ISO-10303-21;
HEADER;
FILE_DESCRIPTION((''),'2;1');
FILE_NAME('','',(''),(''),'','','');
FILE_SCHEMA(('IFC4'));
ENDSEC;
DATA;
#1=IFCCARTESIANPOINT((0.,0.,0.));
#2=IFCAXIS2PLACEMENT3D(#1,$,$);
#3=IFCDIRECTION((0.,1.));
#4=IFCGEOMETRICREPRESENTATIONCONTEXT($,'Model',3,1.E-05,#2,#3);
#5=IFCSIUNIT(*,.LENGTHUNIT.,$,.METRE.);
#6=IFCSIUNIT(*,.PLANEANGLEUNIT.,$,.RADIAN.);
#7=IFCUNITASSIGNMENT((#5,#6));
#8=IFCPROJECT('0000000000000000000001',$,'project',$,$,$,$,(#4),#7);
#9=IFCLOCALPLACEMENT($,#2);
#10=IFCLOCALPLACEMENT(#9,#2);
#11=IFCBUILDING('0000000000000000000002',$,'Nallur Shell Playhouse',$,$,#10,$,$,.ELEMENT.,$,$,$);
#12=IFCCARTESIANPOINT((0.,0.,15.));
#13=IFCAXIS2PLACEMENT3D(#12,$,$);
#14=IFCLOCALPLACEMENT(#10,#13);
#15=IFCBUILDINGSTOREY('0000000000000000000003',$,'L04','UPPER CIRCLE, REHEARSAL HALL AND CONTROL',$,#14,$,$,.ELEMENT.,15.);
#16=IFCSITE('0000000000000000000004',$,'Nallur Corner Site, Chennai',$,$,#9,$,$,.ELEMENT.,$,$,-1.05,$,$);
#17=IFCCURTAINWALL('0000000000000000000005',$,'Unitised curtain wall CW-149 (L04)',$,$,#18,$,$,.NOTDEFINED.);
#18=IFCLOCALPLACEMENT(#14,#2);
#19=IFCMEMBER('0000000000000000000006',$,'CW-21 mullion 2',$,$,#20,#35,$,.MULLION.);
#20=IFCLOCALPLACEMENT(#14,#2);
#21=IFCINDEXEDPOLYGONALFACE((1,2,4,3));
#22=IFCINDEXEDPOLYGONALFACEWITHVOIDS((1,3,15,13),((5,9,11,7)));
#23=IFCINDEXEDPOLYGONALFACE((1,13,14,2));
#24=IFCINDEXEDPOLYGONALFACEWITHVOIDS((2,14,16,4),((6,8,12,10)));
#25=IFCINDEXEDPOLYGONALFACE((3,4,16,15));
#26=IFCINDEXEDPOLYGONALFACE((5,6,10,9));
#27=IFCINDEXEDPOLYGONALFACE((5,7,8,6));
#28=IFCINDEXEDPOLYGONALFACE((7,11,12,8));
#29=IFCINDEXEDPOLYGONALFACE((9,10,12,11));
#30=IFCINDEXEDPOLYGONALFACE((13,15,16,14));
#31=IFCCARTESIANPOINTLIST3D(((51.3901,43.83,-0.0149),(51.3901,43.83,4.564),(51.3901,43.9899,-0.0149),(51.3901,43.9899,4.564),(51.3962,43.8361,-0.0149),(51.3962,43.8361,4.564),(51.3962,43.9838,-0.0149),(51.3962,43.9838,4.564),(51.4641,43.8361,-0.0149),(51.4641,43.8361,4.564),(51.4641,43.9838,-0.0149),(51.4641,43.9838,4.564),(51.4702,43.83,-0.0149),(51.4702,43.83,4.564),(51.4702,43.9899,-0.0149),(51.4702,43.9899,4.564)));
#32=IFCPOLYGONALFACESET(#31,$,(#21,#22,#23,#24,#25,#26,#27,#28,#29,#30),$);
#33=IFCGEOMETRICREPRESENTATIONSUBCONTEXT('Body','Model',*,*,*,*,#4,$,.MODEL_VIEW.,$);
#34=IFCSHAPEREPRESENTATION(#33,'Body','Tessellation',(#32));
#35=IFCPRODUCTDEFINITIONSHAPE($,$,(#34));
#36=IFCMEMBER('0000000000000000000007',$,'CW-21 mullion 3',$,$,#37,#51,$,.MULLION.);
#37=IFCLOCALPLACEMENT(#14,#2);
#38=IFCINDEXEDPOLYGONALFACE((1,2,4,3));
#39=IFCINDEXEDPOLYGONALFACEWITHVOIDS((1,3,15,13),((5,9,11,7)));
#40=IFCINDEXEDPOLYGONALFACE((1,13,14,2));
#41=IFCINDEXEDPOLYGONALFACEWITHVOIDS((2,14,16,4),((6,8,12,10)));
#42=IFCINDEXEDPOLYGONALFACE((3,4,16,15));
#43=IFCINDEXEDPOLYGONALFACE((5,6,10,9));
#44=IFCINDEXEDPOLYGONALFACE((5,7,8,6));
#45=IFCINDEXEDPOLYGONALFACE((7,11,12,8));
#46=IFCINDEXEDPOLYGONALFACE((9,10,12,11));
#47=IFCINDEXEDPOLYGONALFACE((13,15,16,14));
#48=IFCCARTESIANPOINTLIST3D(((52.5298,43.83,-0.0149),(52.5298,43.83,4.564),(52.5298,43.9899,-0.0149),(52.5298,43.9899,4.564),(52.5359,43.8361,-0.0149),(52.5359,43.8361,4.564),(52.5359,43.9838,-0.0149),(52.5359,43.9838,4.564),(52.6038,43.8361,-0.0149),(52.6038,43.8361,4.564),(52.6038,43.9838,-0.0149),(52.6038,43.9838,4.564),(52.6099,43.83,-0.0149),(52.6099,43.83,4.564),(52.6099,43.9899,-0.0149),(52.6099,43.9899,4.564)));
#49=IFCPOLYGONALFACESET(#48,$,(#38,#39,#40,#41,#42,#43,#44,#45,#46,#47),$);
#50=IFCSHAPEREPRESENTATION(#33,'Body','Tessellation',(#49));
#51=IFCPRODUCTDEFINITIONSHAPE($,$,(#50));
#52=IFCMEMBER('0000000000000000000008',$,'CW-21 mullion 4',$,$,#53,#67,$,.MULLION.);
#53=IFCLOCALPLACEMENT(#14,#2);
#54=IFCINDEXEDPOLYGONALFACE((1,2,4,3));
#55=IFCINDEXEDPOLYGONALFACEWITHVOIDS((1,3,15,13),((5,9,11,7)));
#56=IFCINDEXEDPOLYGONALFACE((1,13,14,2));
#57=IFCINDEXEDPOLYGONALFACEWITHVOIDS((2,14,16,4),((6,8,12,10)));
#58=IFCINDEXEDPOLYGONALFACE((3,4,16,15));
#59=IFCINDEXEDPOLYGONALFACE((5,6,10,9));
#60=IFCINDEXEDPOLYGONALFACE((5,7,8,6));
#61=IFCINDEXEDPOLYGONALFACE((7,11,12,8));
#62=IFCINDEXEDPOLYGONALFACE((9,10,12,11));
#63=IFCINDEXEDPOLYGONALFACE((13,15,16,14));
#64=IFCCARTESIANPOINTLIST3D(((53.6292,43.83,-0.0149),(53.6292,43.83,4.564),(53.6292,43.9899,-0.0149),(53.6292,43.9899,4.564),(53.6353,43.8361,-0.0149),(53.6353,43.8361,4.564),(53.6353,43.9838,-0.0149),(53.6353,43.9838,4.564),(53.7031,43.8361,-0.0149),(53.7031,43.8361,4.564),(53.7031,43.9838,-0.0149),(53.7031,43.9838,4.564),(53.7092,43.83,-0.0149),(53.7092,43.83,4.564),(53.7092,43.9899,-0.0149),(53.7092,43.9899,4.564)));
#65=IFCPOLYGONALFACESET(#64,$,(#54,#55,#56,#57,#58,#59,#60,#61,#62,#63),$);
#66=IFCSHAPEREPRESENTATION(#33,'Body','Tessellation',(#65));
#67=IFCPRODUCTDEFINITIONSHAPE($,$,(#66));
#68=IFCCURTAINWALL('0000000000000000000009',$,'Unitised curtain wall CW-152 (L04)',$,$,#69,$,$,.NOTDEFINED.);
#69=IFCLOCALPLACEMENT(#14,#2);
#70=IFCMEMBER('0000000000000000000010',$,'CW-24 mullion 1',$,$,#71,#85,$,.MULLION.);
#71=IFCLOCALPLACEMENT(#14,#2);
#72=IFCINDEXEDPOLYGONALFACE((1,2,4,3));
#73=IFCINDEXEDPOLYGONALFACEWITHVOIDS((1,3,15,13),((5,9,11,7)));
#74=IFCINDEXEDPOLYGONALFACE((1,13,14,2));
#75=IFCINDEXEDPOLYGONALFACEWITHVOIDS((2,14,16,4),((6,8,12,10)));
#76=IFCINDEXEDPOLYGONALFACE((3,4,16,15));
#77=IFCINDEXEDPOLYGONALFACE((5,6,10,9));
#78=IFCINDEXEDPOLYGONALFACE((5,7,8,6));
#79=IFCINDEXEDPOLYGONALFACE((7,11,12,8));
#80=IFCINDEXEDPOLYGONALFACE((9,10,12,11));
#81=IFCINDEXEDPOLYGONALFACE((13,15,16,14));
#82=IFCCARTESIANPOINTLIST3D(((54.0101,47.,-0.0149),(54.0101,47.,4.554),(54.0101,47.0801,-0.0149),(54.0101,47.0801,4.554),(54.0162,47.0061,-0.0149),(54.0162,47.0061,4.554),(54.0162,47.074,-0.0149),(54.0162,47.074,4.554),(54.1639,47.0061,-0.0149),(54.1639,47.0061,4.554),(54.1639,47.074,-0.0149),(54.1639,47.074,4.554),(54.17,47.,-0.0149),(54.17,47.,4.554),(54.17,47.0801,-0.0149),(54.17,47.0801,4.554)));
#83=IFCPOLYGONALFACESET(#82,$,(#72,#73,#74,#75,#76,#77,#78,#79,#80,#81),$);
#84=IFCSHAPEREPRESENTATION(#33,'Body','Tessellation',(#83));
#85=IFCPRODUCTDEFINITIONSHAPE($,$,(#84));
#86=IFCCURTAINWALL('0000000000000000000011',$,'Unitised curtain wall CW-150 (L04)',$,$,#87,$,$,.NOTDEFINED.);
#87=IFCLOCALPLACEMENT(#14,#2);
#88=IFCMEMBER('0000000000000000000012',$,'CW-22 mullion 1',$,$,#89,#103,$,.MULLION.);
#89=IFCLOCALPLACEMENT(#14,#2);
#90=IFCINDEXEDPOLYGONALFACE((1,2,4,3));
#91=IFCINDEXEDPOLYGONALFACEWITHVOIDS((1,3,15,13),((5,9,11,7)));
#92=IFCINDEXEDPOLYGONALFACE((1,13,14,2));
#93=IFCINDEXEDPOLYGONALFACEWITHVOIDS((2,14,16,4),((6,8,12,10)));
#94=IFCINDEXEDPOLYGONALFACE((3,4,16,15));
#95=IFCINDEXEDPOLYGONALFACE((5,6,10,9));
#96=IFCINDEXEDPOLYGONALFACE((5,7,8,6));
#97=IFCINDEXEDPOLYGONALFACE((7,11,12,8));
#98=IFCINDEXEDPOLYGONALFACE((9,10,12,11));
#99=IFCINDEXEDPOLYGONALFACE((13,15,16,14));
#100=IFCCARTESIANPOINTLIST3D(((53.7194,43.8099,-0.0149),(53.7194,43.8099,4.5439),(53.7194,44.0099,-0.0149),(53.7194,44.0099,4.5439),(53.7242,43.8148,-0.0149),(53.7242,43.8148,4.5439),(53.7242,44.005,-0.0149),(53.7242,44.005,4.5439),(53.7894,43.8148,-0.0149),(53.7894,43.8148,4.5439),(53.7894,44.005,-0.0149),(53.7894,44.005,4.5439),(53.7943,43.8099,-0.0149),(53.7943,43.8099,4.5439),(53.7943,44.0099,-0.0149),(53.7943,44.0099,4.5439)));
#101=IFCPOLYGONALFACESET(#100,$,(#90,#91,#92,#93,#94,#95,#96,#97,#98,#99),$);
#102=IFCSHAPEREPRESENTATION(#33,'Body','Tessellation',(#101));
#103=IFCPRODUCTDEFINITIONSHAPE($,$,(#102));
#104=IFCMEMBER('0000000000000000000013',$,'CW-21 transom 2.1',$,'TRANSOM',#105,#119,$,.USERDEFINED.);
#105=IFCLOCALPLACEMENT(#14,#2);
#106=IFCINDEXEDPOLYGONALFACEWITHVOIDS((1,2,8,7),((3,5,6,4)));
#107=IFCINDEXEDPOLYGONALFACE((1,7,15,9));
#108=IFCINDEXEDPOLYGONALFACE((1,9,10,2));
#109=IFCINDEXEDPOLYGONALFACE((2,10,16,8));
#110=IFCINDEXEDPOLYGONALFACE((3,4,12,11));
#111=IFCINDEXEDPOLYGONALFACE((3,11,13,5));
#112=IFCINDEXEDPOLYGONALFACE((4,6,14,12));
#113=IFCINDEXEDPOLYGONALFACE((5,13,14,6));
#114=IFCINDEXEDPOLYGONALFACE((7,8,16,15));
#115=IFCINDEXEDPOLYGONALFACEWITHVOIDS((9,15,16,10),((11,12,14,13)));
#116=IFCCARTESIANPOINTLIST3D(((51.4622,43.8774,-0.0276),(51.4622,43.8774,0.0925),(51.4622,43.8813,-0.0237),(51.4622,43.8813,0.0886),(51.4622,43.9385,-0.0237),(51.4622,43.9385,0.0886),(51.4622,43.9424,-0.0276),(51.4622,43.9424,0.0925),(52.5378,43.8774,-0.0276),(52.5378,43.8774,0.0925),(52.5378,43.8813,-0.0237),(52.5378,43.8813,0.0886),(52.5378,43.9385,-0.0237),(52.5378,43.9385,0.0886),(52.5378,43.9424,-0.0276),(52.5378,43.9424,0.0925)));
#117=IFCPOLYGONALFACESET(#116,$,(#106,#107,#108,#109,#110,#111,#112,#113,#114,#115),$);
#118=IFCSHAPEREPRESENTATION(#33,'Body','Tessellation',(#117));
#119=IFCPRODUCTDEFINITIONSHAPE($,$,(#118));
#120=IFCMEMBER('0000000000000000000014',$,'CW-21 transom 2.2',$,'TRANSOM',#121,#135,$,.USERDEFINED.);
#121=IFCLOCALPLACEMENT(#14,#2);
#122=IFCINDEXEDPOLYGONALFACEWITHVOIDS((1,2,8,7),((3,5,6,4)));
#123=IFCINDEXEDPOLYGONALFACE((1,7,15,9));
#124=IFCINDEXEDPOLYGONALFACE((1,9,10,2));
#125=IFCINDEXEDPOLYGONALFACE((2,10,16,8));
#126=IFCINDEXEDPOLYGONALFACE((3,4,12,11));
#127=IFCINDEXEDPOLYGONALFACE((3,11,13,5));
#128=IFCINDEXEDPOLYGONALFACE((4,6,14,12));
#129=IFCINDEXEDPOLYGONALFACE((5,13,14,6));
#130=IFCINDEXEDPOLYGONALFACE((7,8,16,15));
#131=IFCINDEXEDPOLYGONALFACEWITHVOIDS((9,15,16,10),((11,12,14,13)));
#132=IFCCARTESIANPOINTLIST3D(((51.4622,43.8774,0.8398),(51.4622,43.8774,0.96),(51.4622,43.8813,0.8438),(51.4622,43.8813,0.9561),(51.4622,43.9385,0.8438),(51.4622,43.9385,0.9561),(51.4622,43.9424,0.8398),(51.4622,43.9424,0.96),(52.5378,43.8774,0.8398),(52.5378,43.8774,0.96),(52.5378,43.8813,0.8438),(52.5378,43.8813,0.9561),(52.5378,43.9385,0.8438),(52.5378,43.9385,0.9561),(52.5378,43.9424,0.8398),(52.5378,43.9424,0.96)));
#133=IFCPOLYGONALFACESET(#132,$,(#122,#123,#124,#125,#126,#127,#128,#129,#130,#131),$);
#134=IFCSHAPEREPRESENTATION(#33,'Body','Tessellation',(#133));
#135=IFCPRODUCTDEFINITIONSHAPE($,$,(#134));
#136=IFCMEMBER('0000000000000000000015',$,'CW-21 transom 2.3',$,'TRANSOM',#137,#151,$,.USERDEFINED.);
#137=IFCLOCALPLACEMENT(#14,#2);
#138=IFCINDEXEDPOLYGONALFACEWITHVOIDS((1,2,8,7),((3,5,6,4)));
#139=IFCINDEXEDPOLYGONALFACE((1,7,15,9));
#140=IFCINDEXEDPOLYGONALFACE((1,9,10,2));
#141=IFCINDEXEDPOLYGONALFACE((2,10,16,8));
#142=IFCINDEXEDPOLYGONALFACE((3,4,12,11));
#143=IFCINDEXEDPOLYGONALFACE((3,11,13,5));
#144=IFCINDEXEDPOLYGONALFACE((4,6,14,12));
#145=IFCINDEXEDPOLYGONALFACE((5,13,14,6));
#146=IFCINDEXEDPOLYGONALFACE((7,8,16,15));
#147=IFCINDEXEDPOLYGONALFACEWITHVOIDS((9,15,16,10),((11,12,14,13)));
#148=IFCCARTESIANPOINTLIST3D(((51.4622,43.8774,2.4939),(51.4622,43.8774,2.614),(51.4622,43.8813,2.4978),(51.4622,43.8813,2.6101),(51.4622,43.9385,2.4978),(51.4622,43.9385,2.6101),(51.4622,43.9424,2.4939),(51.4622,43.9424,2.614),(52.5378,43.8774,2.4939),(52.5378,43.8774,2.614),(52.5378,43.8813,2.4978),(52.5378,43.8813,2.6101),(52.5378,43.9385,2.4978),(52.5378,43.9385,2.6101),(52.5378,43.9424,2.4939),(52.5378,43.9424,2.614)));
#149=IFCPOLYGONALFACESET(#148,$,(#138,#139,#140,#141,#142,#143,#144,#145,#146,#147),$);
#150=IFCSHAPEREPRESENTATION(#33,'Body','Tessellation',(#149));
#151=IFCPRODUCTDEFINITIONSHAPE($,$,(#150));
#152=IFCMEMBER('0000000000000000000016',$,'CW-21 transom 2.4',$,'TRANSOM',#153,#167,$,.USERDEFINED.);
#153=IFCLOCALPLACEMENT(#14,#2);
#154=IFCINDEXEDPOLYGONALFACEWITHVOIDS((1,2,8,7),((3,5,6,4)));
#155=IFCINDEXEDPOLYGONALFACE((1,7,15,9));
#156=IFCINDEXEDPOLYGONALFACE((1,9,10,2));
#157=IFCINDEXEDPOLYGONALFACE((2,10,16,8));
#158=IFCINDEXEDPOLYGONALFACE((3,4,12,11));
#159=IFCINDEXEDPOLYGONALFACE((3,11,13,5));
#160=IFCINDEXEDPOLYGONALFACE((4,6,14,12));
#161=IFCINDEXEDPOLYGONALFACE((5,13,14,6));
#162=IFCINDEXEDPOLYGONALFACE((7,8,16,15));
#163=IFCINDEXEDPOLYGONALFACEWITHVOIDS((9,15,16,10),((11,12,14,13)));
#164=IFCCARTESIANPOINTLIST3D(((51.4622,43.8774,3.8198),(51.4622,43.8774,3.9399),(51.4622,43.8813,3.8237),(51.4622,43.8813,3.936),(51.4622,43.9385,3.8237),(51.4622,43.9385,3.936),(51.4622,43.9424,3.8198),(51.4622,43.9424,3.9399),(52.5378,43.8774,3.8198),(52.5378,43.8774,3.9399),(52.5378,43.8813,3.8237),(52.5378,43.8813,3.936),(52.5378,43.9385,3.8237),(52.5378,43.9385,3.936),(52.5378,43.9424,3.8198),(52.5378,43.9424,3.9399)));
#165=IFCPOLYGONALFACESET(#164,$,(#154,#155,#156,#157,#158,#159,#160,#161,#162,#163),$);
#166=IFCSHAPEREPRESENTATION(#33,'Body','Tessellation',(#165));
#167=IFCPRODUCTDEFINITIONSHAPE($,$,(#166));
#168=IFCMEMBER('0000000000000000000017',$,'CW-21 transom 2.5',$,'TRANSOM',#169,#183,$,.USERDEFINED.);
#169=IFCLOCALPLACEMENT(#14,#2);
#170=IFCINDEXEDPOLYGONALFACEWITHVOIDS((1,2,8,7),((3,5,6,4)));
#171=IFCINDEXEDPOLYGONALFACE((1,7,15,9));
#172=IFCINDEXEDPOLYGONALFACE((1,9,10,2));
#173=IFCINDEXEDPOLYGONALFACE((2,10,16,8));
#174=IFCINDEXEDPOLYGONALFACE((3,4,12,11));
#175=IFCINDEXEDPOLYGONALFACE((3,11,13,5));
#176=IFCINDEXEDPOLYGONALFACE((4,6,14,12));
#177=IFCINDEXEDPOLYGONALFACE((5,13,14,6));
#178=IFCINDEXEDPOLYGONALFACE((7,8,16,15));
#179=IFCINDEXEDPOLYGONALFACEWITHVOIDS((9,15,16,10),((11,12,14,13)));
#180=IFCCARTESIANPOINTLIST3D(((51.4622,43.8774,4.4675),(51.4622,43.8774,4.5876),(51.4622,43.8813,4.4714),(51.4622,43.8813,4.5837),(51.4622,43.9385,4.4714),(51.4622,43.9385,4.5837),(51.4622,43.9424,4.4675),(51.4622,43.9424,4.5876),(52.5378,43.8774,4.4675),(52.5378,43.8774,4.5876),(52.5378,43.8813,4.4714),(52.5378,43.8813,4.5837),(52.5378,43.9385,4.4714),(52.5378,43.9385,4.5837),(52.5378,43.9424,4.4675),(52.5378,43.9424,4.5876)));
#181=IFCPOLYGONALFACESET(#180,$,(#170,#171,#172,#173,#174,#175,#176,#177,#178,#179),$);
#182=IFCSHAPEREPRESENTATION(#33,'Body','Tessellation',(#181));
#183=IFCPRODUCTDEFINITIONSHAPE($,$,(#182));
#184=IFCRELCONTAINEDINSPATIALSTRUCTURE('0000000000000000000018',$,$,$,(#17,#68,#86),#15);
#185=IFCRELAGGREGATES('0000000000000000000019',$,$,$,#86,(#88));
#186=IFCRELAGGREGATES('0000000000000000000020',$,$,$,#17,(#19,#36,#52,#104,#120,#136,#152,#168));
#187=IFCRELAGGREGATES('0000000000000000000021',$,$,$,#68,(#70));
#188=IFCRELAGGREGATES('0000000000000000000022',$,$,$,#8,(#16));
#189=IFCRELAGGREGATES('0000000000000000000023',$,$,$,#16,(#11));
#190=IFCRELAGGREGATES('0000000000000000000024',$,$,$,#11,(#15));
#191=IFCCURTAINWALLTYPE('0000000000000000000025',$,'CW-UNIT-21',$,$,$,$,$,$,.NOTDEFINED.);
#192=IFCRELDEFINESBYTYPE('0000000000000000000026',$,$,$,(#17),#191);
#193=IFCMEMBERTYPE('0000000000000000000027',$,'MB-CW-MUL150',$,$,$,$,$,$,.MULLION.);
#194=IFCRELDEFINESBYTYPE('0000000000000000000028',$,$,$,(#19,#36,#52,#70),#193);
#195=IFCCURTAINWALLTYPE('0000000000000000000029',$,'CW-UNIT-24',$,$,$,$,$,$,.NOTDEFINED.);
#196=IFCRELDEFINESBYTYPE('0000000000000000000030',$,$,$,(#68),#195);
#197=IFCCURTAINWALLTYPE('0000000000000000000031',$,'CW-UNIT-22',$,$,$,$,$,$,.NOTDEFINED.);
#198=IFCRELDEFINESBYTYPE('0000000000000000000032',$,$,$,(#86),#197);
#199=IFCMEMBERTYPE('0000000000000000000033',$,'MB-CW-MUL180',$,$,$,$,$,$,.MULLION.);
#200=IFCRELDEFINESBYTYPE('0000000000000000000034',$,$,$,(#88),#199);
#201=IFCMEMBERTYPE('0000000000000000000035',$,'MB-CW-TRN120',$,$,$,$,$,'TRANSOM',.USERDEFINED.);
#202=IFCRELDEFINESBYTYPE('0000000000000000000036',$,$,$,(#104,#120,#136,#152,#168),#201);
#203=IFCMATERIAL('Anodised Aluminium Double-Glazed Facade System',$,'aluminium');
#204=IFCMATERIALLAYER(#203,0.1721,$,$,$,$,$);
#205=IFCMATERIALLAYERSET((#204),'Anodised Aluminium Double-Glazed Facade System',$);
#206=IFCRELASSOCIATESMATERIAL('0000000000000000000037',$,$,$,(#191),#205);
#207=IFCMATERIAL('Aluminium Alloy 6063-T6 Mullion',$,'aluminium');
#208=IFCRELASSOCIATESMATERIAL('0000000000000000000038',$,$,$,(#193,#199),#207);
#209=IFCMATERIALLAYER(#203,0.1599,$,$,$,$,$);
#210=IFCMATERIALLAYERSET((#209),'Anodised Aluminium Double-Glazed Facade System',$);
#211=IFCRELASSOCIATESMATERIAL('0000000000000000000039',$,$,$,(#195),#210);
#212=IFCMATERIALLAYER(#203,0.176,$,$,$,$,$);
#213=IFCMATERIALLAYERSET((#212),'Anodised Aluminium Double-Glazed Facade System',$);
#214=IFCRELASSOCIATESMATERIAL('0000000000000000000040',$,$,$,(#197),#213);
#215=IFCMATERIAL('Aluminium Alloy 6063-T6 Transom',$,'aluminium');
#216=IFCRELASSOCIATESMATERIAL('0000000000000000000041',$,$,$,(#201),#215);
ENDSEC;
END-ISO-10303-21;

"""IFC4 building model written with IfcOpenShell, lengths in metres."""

from ifc_helpers import new_model, si_unit, direction, frame, origin, origin_2d, place, context, subcontext, project, spatial, hollow_rectangle, extrude, material, layer, layer_set, material_profile, profile_set, type_object, element, aggregate, save


model = new_model("IFC4")

# Units and contexts
model_context = context("Model", 3, precision=1e-05, world=origin(), true_north=direction((0.0, 1.0)))
body_context = subcontext(model_context, "Body", "Model", "MODEL_VIEW")
ifc_project = project(units=[si_unit("LENGTHUNIT", "METRE"), si_unit("PLANEANGLEUNIT", "RADIAN")], contexts=[model_context])

# Site, building, storey
site_placement = place(None, origin())
site = spatial("IfcSite", under=ifc_project, at=site_placement, Name="Nallur Corner Site, Chennai", CompositionType="ELEMENT", RefElevation=-1.05)
building_placement = place(site_placement, origin())
building = spatial("IfcBuilding", under=site, at=building_placement, Name="Nallur Shell Playhouse", CompositionType="ELEMENT")
storey_placement = place(building_placement, frame((0.0, 0.0, 15.0)))
storey = spatial("IfcBuildingStorey", under=building, at=storey_placement, Name="L04", Description="UPPER CIRCLE, REHEARSAL HALL AND CONTROL", CompositionType="ELEMENT", Elevation=15.0)

# Curtain wall, members
ifc_material_1 = material(Name="Anodised Aluminium Double-Glazed Facade System", Category="aluminium")
ifc_layer_1 = layer(ifc_material_1, 0.1721)
ifc_layer_set_1 = layer_set([ifc_layer_1], Name="Anodised Aluminium Double-Glazed Facade System")
curtain_wall_type_1 = type_object("IfcCurtainWallType", Name="CW-UNIT-21", PredefinedType="NOTDEFINED", material=ifc_layer_set_1)
curtain_wall_1_placement = place(storey_placement, origin())
curtain_wall_1 = element("IfcCurtainWall", 1, at=curtain_wall_1_placement, inside=storey, type_object=curtain_wall_type_1, Name="Unitised curtain wall CW-149 (L04)", PredefinedType="NOTDEFINED")
ifc_material_2 = material(Name="Aluminium Alloy 6063-T6 Mullion", Category="aluminium")
ifc_material_profile_1 = material_profile(ifc_material_2, hollow_rectangle(XDim=0.0801, YDim=0.1599, WallThickness=0.0061, at=origin_2d()), Name="RHS 160x80x6")
ifc_profile_set_1 = profile_set([ifc_material_profile_1], Name="Aluminium Alloy 6063-T6 Mullion")
member_type_1 = type_object("IfcMemberType", Name="MB-CW-MUL150", PredefinedType="MULLION", material=ifc_profile_set_1)
member_1_placement = place(storey_placement, frame((51.4302, 43.9099, -0.0149), z_axis=(0.0, 0.0, 1.0), x_axis=(1.0, 0.0, 0.0)))
member_1 = element("IfcMember", 2, at=member_1_placement, type_object=member_type_1, Name="CW-21 mullion 2", PredefinedType="MULLION", context=body_context, shape_type="SweptSolid", body=[
    extrude(hollow_rectangle(XDim=0.0801, YDim=0.1599, WallThickness=0.0061, at=origin_2d()), origin(), (0.0, 0.0, 1.0), 4.5789),
])
member_2_placement = place(storey_placement, frame((52.5698, 43.9099, -0.0149), z_axis=(0.0, 0.0, 1.0), x_axis=(1.0, 0.0, 0.0)))
member_2 = element("IfcMember", 3, at=member_2_placement, type_object=member_type_1, Name="CW-21 mullion 3", PredefinedType="MULLION", context=body_context, shape_type="SweptSolid", body=[
    extrude(hollow_rectangle(XDim=0.0801, YDim=0.1599, WallThickness=0.0061, at=origin_2d()), origin(), (0.0, 0.0, 1.0), 4.5789),
])
member_3_placement = place(storey_placement, frame((53.6692, 43.9099, -0.0149), z_axis=(0.0, 0.0, 1.0), x_axis=(1.0, 0.0, 0.0)))
member_3 = element("IfcMember", 4, at=member_3_placement, type_object=member_type_1, Name="CW-21 mullion 4", PredefinedType="MULLION", context=body_context, shape_type="SweptSolid", body=[
    extrude(hollow_rectangle(XDim=0.0801, YDim=0.1599, WallThickness=0.0061, at=origin_2d()), origin(), (0.0, 0.0, 1.0), 4.5789),
])

# Curtain walls, members
ifc_layer_2 = layer(ifc_material_1, 0.1599)
ifc_layer_set_2 = layer_set([ifc_layer_2], Name="Anodised Aluminium Double-Glazed Facade System")
curtain_wall_type_2 = type_object("IfcCurtainWallType", Name="CW-UNIT-24", PredefinedType="NOTDEFINED", material=ifc_layer_set_2)
curtain_wall_2_placement = place(storey_placement, origin())
curtain_wall_2 = element("IfcCurtainWall", 5, at=curtain_wall_2_placement, inside=storey, type_object=curtain_wall_type_2, Name="Unitised curtain wall CW-152 (L04)", PredefinedType="NOTDEFINED")
member_4_placement = place(storey_placement, frame((54.0901, 47.04, -0.0149), z_axis=(0.0, 0.0, 1.0), x_axis=(0.0, 1.0, 0.0)))
member_4 = element("IfcMember", 6, at=member_4_placement, type_object=member_type_1, Name="CW-24 mullion 1", PredefinedType="MULLION", context=body_context, shape_type="SweptSolid", body=[
    extrude(hollow_rectangle(XDim=0.0801, YDim=0.1599, WallThickness=0.0061, at=origin_2d()), origin(), (0.0, 0.0, 1.0), 4.5688),
])
ifc_layer_3 = layer(ifc_material_1, 0.176)
ifc_layer_set_3 = layer_set([ifc_layer_3], Name="Anodised Aluminium Double-Glazed Facade System")
curtain_wall_type_3 = type_object("IfcCurtainWallType", Name="CW-UNIT-22", PredefinedType="NOTDEFINED", material=ifc_layer_set_3)
curtain_wall_3_placement = place(storey_placement, origin())
curtain_wall_3 = element("IfcCurtainWall", 7, at=curtain_wall_3_placement, inside=storey, type_object=curtain_wall_type_3, Name="Unitised curtain wall CW-150 (L04)", PredefinedType="NOTDEFINED")
ifc_material_profile_2 = material_profile(ifc_material_2, hollow_rectangle(XDim=0.075, YDim=0.2, WallThickness=0.0049, at=origin_2d()), Name="ALU 75x200x5")
ifc_profile_set_2 = profile_set([ifc_material_profile_2], Name="Aluminium Alloy 6063-T6 Mullion")
member_type_2 = type_object("IfcMemberType", Name="MB-CW-MUL180", PredefinedType="MULLION", material=ifc_profile_set_2)
member_5_placement = place(storey_placement, frame((53.7568, 43.9099, -0.0149), z_axis=(0.0, 0.0, 1.0), x_axis=(1.0, 0.0, 0.0)))
member_5 = element("IfcMember", 8, at=member_5_placement, type_object=member_type_2, Name="CW-22 mullion 1", PredefinedType="MULLION", context=body_context, shape_type="SweptSolid", body=[
    extrude(hollow_rectangle(XDim=0.075, YDim=0.2, WallThickness=0.0049, at=origin_2d()), origin(), (0.0, 0.0, 1.0), 4.5588),
])

# Members
ifc_material_3 = material(Name="Aluminium Alloy 6063-T6 Transom", Category="aluminium")
ifc_material_profile_3 = material_profile(ifc_material_3, hollow_rectangle(XDim=0.0649, YDim=0.1201, WallThickness=0.0039, at=origin_2d()), Name="ALU 65x120x4")
ifc_profile_set_3 = profile_set([ifc_material_profile_3], Name="Aluminium Alloy 6063-T6 Transom")
member_type_3 = type_object("IfcMemberType", Name="MB-CW-TRN120", ElementType="TRANSOM", PredefinedType="USERDEFINED", material=ifc_profile_set_3)
member_6_placement = place(storey_placement, frame((51.4622, 43.9099, 0.0325), z_axis=(1.0, 0.0, 0.0), x_axis=(0.0, 1.0, 0.0)))
member_6 = element("IfcMember", 9, at=member_6_placement, type_object=member_type_3, Name="CW-21 transom 2.1", ObjectType="TRANSOM", PredefinedType="USERDEFINED", context=body_context, shape_type="SweptSolid", body=[
    extrude(hollow_rectangle(XDim=0.0649, YDim=0.1201, WallThickness=0.0039, at=origin_2d()), origin(), (0.0, 0.0, 1.0), 1.0757),
])
member_7_placement = place(storey_placement, frame((51.4622, 43.9099, 0.8999), z_axis=(1.0, 0.0, 0.0), x_axis=(0.0, 1.0, 0.0)))
member_7 = element("IfcMember", 10, at=member_7_placement, type_object=member_type_3, Name="CW-21 transom 2.2", ObjectType="TRANSOM", PredefinedType="USERDEFINED", context=body_context, shape_type="SweptSolid", body=[
    extrude(hollow_rectangle(XDim=0.0649, YDim=0.1201, WallThickness=0.0039, at=origin_2d()), origin(), (0.0, 0.0, 1.0), 1.0757),
])
member_8_placement = place(storey_placement, frame((51.4622, 43.9099, 2.554), z_axis=(1.0, 0.0, 0.0), x_axis=(0.0, 1.0, 0.0)))
member_8 = element("IfcMember", 11, at=member_8_placement, type_object=member_type_3, Name="CW-21 transom 2.3", ObjectType="TRANSOM", PredefinedType="USERDEFINED", context=body_context, shape_type="SweptSolid", body=[
    extrude(hollow_rectangle(XDim=0.0649, YDim=0.1201, WallThickness=0.0039, at=origin_2d()), origin(), (0.0, 0.0, 1.0), 1.0757),
])
member_9_placement = place(storey_placement, frame((51.4622, 43.9099, 3.8799), z_axis=(1.0, 0.0, 0.0), x_axis=(0.0, 1.0, 0.0)))
member_9 = element("IfcMember", 12, at=member_9_placement, type_object=member_type_3, Name="CW-21 transom 2.4", ObjectType="TRANSOM", PredefinedType="USERDEFINED", context=body_context, shape_type="SweptSolid", body=[
    extrude(hollow_rectangle(XDim=0.0649, YDim=0.1201, WallThickness=0.0039, at=origin_2d()), origin(), (0.0, 0.0, 1.0), 1.0757),
])
member_10_placement = place(storey_placement, frame((51.4622, 43.9099, 4.5276), z_axis=(1.0, 0.0, 0.0), x_axis=(0.0, 1.0, 0.0)))
member_10 = element("IfcMember", 13, at=member_10_placement, type_object=member_type_3, Name="CW-21 transom 2.5", ObjectType="TRANSOM", PredefinedType="USERDEFINED", context=body_context, shape_type="SweptSolid", body=[
    extrude(hollow_rectangle(XDim=0.0649, YDim=0.1201, WallThickness=0.0039, at=origin_2d()), origin(), (0.0, 0.0, 1.0), 1.0757),
])
aggregate(curtain_wall_3, [member_5])

aggregate(curtain_wall_1, [member_1, member_2, member_3, member_6, member_7, member_8, member_9, member_10])
aggregate(curtain_wall_2, [member_4])

save(model, "model.ifc")
